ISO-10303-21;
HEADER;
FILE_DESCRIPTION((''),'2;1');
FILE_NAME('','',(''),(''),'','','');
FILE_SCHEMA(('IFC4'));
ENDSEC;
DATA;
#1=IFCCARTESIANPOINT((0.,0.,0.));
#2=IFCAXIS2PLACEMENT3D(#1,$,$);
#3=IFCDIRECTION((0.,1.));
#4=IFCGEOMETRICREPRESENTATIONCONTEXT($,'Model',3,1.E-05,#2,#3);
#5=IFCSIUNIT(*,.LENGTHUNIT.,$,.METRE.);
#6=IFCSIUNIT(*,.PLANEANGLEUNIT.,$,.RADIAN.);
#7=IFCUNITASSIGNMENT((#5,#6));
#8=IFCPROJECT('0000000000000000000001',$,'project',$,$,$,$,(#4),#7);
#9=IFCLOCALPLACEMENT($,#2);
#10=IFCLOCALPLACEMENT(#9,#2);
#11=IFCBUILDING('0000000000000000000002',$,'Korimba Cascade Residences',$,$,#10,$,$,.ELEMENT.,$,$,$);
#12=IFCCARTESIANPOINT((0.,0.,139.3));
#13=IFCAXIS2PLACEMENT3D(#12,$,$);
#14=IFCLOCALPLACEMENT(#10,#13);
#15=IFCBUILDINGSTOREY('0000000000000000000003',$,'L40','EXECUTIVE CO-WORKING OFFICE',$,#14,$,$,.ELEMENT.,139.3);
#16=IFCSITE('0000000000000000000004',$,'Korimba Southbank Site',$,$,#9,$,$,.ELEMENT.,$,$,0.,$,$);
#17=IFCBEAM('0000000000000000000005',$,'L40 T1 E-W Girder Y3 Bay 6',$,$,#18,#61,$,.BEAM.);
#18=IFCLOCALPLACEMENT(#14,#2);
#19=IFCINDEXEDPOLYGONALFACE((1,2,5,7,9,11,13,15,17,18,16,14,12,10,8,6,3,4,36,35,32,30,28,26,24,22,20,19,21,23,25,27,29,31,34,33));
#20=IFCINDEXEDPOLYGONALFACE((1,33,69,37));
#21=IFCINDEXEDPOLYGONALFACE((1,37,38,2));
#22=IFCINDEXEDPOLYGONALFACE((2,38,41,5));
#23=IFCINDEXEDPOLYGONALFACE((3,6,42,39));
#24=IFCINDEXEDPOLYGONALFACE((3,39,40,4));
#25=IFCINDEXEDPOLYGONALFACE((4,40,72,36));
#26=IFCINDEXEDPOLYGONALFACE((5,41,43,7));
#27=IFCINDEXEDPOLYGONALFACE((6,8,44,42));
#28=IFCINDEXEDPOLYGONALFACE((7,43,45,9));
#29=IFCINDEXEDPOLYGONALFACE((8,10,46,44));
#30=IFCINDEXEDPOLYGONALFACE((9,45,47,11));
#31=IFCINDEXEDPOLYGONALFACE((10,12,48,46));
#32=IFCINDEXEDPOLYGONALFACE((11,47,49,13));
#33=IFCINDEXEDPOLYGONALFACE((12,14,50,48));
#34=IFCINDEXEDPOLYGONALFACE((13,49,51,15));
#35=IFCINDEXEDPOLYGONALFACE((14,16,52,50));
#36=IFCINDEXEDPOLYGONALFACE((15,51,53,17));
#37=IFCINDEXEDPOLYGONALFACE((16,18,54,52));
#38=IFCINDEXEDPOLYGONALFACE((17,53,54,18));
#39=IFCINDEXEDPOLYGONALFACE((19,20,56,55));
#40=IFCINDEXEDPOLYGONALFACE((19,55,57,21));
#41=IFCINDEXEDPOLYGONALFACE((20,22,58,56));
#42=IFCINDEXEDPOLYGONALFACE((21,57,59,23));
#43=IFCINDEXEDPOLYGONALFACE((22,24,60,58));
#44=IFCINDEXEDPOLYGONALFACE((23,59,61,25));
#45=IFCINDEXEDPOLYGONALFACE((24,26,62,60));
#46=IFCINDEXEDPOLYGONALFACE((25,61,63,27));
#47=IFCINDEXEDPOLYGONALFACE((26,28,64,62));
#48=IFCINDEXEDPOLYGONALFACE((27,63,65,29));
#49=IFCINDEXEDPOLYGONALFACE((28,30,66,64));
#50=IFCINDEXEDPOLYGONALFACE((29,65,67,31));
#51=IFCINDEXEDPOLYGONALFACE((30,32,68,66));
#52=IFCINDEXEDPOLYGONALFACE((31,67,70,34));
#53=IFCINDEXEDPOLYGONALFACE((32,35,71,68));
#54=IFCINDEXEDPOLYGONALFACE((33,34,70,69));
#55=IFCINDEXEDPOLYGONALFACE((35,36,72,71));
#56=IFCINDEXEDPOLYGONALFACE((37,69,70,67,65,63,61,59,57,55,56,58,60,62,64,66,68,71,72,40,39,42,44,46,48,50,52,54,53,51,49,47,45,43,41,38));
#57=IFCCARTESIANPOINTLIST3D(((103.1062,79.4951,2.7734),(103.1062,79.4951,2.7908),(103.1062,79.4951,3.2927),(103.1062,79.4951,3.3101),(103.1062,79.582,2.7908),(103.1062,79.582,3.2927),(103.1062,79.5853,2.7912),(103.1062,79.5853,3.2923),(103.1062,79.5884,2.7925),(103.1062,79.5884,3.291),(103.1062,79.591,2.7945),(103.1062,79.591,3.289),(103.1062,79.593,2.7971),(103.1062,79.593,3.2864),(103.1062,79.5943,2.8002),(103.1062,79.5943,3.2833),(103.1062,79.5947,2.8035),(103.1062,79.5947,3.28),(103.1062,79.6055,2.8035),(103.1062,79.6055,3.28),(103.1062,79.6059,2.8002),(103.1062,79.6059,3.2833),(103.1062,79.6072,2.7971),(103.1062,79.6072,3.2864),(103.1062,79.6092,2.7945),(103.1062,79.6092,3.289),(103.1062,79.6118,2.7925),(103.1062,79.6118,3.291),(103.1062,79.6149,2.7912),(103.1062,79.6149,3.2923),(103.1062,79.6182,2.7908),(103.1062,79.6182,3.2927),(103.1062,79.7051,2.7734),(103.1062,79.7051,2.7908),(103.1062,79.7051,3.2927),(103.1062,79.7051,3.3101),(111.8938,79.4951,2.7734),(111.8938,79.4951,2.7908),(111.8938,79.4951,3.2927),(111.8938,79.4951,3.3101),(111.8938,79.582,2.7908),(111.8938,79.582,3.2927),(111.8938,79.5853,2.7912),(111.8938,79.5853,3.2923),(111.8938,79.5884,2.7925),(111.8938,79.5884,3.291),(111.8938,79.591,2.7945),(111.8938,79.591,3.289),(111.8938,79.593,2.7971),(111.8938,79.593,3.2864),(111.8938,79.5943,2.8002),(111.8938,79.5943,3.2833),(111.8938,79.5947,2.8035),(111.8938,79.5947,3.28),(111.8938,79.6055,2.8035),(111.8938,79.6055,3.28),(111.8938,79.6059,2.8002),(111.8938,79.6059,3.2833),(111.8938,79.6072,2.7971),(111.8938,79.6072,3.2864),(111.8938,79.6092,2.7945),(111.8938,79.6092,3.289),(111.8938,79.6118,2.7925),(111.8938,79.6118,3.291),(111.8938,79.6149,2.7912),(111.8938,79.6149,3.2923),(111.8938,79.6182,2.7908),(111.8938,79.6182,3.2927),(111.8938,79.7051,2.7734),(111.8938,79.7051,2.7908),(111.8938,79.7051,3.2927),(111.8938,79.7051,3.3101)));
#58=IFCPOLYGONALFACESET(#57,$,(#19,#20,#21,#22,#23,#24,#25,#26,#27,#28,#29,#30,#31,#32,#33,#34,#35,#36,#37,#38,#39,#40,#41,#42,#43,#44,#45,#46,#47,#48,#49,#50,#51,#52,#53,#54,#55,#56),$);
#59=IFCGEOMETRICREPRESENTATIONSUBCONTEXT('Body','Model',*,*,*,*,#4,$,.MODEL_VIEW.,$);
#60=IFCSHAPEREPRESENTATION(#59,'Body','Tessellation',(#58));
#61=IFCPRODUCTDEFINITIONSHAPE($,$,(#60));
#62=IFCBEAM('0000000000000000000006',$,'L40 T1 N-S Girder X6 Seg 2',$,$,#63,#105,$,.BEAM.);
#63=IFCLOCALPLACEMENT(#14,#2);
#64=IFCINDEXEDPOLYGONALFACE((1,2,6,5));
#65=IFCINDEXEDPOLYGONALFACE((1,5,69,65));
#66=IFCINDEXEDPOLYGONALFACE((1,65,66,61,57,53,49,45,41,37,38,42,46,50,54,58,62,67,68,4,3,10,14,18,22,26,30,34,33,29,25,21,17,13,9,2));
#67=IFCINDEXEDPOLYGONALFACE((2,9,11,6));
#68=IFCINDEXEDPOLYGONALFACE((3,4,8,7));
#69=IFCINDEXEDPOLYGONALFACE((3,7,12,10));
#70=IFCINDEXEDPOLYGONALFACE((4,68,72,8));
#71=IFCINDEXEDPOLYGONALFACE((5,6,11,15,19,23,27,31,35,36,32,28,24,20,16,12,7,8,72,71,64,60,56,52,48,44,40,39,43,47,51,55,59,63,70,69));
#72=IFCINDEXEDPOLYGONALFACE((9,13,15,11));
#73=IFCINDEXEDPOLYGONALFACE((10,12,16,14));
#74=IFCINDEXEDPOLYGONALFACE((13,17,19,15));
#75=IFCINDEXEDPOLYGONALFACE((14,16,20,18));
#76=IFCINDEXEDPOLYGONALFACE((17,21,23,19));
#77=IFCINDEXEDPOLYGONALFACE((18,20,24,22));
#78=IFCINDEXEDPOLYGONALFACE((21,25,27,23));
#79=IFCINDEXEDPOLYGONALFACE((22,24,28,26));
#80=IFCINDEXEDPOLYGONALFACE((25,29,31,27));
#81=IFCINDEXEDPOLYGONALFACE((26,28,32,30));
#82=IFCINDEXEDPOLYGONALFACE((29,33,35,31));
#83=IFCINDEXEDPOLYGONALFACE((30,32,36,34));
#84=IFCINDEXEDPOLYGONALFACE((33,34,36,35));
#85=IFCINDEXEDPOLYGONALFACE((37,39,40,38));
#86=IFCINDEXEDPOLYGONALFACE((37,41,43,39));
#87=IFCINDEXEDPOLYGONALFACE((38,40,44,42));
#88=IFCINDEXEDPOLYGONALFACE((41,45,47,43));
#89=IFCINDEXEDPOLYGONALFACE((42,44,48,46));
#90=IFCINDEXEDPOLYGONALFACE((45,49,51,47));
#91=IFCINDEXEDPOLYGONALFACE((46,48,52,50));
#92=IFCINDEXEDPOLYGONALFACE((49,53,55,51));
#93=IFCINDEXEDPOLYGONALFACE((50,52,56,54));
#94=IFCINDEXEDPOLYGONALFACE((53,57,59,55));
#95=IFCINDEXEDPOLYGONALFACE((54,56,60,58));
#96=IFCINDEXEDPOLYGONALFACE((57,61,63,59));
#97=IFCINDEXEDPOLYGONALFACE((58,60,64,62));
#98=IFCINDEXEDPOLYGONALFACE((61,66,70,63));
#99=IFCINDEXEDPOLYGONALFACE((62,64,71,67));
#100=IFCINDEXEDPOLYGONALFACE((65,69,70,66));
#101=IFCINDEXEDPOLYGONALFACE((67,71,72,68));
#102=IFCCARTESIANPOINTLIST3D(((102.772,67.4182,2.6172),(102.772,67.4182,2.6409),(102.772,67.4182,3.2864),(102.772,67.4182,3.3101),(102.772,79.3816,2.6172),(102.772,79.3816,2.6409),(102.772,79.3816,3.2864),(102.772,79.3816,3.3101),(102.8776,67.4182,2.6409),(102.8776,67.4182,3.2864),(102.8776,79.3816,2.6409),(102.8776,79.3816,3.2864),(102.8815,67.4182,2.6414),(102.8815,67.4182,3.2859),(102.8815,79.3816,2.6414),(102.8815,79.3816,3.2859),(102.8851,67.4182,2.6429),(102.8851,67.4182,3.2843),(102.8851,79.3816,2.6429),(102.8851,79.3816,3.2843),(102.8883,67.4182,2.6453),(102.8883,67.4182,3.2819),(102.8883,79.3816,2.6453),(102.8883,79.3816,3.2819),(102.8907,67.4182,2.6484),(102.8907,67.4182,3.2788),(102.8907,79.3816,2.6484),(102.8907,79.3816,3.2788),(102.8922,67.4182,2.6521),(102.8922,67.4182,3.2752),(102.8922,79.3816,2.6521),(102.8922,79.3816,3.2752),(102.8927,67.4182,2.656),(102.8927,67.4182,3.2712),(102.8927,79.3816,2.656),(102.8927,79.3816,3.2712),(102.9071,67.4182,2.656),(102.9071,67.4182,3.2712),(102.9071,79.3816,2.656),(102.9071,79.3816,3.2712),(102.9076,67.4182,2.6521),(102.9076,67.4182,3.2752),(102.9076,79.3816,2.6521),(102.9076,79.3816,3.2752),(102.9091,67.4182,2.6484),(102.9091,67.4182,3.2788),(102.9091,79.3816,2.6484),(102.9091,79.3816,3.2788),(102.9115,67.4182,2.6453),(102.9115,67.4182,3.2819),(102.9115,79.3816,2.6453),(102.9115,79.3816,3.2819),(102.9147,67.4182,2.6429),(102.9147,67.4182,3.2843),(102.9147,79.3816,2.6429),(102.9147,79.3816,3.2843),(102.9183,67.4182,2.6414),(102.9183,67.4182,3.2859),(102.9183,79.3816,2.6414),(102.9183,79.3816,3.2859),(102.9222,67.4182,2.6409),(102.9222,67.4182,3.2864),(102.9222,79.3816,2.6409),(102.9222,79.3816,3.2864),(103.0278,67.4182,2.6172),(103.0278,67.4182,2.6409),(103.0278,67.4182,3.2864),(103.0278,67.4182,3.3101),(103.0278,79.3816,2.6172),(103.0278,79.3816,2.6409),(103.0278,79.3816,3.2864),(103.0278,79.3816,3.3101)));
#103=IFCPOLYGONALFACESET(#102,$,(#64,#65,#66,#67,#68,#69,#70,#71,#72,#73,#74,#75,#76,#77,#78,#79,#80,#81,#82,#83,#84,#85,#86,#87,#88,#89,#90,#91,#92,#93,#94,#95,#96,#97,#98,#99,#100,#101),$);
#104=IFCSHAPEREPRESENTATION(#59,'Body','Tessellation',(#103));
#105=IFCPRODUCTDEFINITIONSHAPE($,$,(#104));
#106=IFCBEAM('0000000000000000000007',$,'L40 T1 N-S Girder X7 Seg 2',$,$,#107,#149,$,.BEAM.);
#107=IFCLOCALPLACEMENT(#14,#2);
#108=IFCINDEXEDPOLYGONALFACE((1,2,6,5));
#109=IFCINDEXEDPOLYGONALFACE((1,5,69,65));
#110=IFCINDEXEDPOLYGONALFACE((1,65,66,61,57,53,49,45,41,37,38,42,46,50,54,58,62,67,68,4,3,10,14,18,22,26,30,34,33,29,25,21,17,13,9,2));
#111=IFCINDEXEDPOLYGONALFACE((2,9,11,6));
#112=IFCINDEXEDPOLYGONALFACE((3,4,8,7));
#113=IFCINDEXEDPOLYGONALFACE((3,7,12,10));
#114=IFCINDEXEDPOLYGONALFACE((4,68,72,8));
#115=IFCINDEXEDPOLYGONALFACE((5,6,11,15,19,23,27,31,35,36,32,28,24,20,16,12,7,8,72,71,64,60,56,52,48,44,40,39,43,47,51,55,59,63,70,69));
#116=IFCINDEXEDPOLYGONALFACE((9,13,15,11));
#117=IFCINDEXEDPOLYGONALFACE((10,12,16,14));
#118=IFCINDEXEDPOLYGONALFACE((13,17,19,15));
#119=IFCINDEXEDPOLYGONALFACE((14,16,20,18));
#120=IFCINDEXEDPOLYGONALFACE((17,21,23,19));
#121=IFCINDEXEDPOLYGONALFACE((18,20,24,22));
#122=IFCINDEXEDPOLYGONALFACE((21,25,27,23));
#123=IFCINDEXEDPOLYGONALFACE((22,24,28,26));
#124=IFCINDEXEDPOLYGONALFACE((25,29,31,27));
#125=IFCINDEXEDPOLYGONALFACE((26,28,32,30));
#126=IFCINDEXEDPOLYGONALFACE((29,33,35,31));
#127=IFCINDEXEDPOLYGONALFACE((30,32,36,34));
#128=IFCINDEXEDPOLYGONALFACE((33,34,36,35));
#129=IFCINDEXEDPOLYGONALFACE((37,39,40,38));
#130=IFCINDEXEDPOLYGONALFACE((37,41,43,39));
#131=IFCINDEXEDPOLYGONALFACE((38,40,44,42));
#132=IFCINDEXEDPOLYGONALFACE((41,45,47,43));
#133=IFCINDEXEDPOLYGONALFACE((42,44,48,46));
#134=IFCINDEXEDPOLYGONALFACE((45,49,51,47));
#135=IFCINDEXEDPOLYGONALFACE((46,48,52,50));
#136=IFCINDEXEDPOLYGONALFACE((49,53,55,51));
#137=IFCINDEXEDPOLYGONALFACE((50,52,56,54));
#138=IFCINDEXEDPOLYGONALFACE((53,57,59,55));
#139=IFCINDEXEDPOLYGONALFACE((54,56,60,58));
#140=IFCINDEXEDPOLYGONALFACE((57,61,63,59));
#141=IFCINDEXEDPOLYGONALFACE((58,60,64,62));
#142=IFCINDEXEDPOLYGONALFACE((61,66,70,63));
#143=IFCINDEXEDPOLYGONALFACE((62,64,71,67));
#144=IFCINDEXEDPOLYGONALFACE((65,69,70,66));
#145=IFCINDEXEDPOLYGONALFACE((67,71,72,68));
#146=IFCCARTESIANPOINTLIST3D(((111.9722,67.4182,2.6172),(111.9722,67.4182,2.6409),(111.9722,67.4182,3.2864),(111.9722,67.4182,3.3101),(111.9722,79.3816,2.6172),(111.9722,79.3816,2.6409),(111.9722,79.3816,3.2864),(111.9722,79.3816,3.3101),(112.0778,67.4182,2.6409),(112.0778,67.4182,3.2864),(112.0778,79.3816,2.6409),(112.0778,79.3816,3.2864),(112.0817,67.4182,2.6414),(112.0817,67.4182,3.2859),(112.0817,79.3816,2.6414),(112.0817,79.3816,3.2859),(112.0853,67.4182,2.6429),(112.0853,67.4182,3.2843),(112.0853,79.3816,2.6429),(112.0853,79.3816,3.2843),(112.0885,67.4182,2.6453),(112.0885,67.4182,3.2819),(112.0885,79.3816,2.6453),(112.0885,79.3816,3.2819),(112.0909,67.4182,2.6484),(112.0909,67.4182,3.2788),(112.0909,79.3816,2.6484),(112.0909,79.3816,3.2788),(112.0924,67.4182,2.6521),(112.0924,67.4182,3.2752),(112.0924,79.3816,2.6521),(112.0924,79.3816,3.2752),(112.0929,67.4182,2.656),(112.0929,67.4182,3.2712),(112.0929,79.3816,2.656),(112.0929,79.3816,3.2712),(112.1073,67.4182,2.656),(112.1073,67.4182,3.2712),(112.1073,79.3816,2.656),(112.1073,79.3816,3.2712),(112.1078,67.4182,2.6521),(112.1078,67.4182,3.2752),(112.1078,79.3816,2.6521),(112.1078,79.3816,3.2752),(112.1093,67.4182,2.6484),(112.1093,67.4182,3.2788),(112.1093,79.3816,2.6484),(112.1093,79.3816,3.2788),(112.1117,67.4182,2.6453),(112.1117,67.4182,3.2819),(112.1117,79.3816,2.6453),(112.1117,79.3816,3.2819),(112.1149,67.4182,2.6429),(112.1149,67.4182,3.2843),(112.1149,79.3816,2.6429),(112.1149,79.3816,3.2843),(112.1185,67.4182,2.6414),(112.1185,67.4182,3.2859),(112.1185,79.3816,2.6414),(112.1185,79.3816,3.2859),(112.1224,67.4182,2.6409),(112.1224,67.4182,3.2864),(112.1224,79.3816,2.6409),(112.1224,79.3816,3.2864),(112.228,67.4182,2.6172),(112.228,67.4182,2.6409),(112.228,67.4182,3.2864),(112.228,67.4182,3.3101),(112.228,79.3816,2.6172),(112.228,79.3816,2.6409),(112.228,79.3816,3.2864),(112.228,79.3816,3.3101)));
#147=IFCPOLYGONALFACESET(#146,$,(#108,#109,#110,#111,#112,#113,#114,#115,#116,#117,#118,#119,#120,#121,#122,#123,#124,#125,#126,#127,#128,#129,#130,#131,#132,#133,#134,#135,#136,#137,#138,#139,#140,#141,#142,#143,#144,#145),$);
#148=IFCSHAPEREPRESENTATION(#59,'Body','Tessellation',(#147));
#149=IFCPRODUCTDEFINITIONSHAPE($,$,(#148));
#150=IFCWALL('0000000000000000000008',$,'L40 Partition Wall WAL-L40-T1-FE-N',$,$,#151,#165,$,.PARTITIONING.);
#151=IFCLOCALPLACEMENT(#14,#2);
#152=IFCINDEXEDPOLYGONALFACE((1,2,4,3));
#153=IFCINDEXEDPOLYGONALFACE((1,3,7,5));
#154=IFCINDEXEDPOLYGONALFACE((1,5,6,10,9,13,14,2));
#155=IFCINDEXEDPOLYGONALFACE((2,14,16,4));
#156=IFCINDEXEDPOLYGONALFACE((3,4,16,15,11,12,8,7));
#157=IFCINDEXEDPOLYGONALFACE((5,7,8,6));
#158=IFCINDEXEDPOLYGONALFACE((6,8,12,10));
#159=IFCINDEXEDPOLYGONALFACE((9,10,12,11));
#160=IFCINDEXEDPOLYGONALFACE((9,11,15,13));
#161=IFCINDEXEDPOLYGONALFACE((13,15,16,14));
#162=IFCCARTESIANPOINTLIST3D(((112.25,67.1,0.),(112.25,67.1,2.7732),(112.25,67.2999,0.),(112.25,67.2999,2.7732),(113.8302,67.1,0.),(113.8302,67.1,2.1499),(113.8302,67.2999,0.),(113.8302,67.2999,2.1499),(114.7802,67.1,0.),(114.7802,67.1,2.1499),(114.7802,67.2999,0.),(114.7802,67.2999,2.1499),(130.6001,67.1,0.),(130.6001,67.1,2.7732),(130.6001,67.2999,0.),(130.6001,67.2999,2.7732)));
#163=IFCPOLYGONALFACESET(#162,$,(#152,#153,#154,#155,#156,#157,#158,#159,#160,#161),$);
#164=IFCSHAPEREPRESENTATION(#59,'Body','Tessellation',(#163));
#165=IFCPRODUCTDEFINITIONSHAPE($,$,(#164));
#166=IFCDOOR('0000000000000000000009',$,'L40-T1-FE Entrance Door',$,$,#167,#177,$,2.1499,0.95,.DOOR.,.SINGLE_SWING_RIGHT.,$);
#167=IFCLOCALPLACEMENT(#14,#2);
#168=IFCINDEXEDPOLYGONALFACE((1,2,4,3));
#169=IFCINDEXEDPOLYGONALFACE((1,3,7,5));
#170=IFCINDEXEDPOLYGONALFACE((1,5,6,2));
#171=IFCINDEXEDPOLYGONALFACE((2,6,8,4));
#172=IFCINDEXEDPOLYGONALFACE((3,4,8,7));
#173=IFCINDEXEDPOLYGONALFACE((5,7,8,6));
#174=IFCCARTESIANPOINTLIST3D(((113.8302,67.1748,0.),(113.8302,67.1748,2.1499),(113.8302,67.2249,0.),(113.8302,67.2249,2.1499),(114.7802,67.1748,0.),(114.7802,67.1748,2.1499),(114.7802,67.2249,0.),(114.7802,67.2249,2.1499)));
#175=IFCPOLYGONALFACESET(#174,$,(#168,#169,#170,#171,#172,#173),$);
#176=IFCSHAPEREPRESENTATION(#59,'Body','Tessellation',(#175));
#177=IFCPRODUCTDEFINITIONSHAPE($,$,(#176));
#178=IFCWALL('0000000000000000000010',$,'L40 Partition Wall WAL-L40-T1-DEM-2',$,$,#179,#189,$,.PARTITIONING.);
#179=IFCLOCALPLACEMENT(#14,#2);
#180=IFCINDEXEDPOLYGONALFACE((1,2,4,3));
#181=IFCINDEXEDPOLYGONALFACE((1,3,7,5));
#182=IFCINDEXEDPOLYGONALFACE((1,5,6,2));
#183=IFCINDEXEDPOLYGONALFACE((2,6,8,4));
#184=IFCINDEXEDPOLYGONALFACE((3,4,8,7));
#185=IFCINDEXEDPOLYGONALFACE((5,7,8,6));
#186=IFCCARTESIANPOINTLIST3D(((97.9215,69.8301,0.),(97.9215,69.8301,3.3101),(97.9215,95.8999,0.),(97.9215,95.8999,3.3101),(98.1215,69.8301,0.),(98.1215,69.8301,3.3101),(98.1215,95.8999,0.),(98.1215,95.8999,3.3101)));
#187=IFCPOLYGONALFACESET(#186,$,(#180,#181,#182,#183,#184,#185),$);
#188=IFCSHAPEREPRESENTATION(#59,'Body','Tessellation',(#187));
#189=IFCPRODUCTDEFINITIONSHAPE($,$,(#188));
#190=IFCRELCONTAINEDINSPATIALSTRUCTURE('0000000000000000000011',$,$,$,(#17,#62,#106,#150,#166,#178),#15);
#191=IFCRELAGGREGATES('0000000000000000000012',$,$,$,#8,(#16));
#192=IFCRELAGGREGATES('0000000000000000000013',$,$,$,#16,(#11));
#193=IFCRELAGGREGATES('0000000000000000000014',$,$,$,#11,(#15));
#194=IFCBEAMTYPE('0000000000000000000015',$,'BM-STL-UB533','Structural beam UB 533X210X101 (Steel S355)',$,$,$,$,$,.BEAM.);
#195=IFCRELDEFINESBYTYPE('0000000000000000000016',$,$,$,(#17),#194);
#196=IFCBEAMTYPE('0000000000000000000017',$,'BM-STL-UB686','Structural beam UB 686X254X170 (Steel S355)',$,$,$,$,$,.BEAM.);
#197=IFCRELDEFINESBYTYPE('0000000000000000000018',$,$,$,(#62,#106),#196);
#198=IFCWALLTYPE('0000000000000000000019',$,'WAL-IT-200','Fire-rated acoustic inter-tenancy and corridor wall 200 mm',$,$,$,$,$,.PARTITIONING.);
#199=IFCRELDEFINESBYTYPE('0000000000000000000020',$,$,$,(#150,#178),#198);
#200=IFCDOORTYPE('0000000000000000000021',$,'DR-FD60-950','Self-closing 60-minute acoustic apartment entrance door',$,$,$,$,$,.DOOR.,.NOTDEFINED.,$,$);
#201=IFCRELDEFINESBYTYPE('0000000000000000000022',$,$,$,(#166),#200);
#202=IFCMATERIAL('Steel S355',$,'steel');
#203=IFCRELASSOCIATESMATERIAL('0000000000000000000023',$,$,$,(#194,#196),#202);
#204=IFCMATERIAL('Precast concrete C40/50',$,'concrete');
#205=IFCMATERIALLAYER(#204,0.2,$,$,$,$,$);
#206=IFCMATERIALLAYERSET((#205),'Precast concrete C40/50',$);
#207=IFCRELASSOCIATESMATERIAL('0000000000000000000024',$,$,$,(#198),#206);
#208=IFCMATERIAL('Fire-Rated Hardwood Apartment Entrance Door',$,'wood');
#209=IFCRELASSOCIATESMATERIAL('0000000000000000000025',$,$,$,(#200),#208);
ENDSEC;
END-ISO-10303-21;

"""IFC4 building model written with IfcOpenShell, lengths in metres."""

from ifc_helpers import new_model, si_unit, direction, frame, frame_2d, origin, origin_2d, place, context, subcontext, project, spatial, rectangle, i_section, extrude, material, layer, layer_set, material_profile, profile_set, type_object, element, fill, save


model = new_model("IFC4")

# Units and contexts
model_context = context("Model", 3, precision=1e-05, world=origin(), true_north=direction((0.0, 1.0)))
body_context = subcontext(model_context, "Body", "Model", "MODEL_VIEW")
ifc_project = project(units=[si_unit("LENGTHUNIT", "METRE"), si_unit("PLANEANGLEUNIT", "RADIAN")], contexts=[model_context])

# Site, building, storey
site_placement = place(None, origin())
site = spatial("IfcSite", under=ifc_project, at=site_placement, Name="Korimba Southbank Site", CompositionType="ELEMENT", RefElevation=0.0)
building_placement = place(site_placement, origin())
building = spatial("IfcBuilding", under=site, at=building_placement, Name="Korimba Cascade Residences", CompositionType="ELEMENT")
storey_placement = place(building_placement, frame((0.0, 0.0, 139.3)))
storey = spatial("IfcBuildingStorey", under=building, at=storey_placement, Name="L40", Description="EXECUTIVE CO-WORKING OFFICE", CompositionType="ELEMENT", Elevation=139.3)

# Beams
ifc_material_1 = material(Name="Steel S355", Category="steel")
ifc_material_profile_1 = material_profile(ifc_material_1, i_section(OverallWidth=0.21, OverallDepth=0.5366, WebThickness=0.0107, FlangeThickness=0.0173, FilletRadius=0.0127, at=origin_2d()), Name="Steel S355")
ifc_profile_set_1 = profile_set([ifc_material_profile_1], Name="Steel S355")
beam_type_1 = type_object("IfcBeamType", Name="BM-STL-UB533", Description="Structural beam UB 533X210X101 (Steel S355)", PredefinedType="BEAM", material=ifc_profile_set_1)
beam_1_placement = place(storey_placement, frame((103.1062, 79.6001, 3.0417), z_axis=(1.0, 0.0, 0.0), x_axis=(0.0, 1.0, 0.0)))
element("IfcBeam", 1, at=beam_1_placement, inside=storey, type_object=beam_type_1, Name="L40 T1 E-W Girder Y3 Bay 6", PredefinedType="BEAM", context=body_context, shape_type="SweptSolid", body=[
    extrude(i_section(OverallWidth=0.21, OverallDepth=0.5366, WebThickness=0.0107, FlangeThickness=0.0173, FilletRadius=0.0127, at=origin_2d()), origin(), (0.0, 0.0, 1.0), 8.7876),
])
ifc_material_profile_2 = material_profile(ifc_material_1, i_section(OverallWidth=0.2559, OverallDepth=0.6929, WebThickness=0.0144, FlangeThickness=0.0237, FilletRadius=0.0151, at=origin_2d()), Name="Steel S355")
ifc_profile_set_2 = profile_set([ifc_material_profile_2], Name="Steel S355")
beam_type_2 = type_object("IfcBeamType", Name="BM-STL-UB686", Description="Structural beam UB 686X254X170 (Steel S355)", PredefinedType="BEAM", material=ifc_profile_set_2)
for number, where, z_axis, x_axis, name in (
    (2, (102.8999, 67.4182, 2.9636), (0.0, 1.0, 0.0), (-1.0, 0.0, 0.0), "L40 T1 N-S Girder X6 Seg 2"),
    (3, (112.1001, 67.4182, 2.9636), (0.0, 1.0, 0.0), (-1.0, 0.0, 0.0), "L40 T1 N-S Girder X7 Seg 2"),
):
    element("IfcBeam", number, at=place(storey_placement, frame(where, z_axis=z_axis, x_axis=x_axis)), inside=storey, type_object=beam_type_2, Name=name, PredefinedType="BEAM", context=body_context, shape_type="SweptSolid", body=[
        extrude(i_section(OverallWidth=0.2559, OverallDepth=0.6929, WebThickness=0.0144, FlangeThickness=0.0237, FilletRadius=0.0151, at=origin_2d()), origin(), (0.0, 0.0, 1.0), 11.9634),
    ])

# Wall, opening, door
ifc_material_2 = material(Name="Precast concrete C40/50", Category="concrete")
ifc_layer_1 = layer(ifc_material_2, 0.2)
ifc_layer_set_1 = layer_set([ifc_layer_1], Name="Precast concrete C40/50")
wall_type_1 = type_object("IfcWallType", Name="WAL-IT-200", Description="Fire-rated acoustic inter-tenancy and corridor wall 200 mm", PredefinedType="PARTITIONING", material=ifc_layer_set_1)
wall_1_placement = place(storey_placement, frame((112.25, 67.2, 0.0), z_axis=(0.0, 0.0, 1.0), x_axis=(1.0, 0.0, 0.0)))
wall_1 = element("IfcWall", 4, at=wall_1_placement, inside=storey, type_object=wall_type_1, Name="L40 Partition Wall WAL-L40-T1-FE-N", PredefinedType="PARTITIONING", context=body_context, shape_type="SweptSolid", body=[
    extrude(rectangle(XDim=18.3501, YDim=0.2, at=frame_2d((9.175, 0.0))), origin(), (0.0, 0.0, 1.0), 2.7732),
])
opening_1_placement = place(wall_1_placement, frame((1.5801, 0.0, 0.0)))
opening_1 = element("IfcOpeningElement", 5, at=opening_1_placement, cuts=wall_1, PredefinedType="OPENING", context=body_context, shape_type="SweptSolid", body=[
    extrude(rectangle(XDim=0.95, YDim=2.1499, at=frame_2d((0.4751, 1.075))), frame((0.0, 0.1099, 0.0), z_axis=(0.0, -1.0, 0.0), x_axis=(1.0, 0.0, 0.0)), (0.0, 0.0, 1.0), 0.22),
])
ifc_material_3 = material(Name="Fire-Rated Hardwood Apartment Entrance Door", Category="wood")
door_type_1 = type_object("IfcDoorType", Name="DR-FD60-950", Description="Self-closing 60-minute acoustic apartment entrance door", OperationType="NOTDEFINED", PredefinedType="DOOR", material=ifc_material_3)
door_1_placement = place(opening_1_placement, origin())
door_1 = element("IfcDoor", 6, at=door_1_placement, inside=storey, type_object=door_type_1, Name="L40-T1-FE Entrance Door", OperationType="SINGLE_SWING_RIGHT", OverallHeight=2.1499, OverallWidth=0.95, PredefinedType="DOOR", context=body_context, shape_type="SweptSolid", body=[
    extrude(rectangle(XDim=0.95, YDim=2.1499, at=frame_2d((0.4751, 1.075))), frame((0.0, 0.0249, 0.0), z_axis=(0.0, -1.0, 0.0), x_axis=(1.0, 0.0, 0.0)), (0.0, 0.0, 1.0), 0.05),
])
fill(opening_1, door_1)

# Wall
wall_2_placement = place(storey_placement, frame((98.0215, 69.8301, 0.0), z_axis=(0.0, 0.0, 1.0), x_axis=(0.0, 1.0, 0.0)))
element("IfcWall", 7, at=wall_2_placement, inside=storey, type_object=wall_type_1, Name="L40 Partition Wall WAL-L40-T1-DEM-2", PredefinedType="PARTITIONING", context=body_context, shape_type="SweptSolid", body=[
    extrude(rectangle(XDim=26.0698, YDim=0.2, at=frame_2d((13.0349, 0.0))), origin(), (0.0, 0.0, 1.0), 3.3101),
])

save(model, "model.ifc")
